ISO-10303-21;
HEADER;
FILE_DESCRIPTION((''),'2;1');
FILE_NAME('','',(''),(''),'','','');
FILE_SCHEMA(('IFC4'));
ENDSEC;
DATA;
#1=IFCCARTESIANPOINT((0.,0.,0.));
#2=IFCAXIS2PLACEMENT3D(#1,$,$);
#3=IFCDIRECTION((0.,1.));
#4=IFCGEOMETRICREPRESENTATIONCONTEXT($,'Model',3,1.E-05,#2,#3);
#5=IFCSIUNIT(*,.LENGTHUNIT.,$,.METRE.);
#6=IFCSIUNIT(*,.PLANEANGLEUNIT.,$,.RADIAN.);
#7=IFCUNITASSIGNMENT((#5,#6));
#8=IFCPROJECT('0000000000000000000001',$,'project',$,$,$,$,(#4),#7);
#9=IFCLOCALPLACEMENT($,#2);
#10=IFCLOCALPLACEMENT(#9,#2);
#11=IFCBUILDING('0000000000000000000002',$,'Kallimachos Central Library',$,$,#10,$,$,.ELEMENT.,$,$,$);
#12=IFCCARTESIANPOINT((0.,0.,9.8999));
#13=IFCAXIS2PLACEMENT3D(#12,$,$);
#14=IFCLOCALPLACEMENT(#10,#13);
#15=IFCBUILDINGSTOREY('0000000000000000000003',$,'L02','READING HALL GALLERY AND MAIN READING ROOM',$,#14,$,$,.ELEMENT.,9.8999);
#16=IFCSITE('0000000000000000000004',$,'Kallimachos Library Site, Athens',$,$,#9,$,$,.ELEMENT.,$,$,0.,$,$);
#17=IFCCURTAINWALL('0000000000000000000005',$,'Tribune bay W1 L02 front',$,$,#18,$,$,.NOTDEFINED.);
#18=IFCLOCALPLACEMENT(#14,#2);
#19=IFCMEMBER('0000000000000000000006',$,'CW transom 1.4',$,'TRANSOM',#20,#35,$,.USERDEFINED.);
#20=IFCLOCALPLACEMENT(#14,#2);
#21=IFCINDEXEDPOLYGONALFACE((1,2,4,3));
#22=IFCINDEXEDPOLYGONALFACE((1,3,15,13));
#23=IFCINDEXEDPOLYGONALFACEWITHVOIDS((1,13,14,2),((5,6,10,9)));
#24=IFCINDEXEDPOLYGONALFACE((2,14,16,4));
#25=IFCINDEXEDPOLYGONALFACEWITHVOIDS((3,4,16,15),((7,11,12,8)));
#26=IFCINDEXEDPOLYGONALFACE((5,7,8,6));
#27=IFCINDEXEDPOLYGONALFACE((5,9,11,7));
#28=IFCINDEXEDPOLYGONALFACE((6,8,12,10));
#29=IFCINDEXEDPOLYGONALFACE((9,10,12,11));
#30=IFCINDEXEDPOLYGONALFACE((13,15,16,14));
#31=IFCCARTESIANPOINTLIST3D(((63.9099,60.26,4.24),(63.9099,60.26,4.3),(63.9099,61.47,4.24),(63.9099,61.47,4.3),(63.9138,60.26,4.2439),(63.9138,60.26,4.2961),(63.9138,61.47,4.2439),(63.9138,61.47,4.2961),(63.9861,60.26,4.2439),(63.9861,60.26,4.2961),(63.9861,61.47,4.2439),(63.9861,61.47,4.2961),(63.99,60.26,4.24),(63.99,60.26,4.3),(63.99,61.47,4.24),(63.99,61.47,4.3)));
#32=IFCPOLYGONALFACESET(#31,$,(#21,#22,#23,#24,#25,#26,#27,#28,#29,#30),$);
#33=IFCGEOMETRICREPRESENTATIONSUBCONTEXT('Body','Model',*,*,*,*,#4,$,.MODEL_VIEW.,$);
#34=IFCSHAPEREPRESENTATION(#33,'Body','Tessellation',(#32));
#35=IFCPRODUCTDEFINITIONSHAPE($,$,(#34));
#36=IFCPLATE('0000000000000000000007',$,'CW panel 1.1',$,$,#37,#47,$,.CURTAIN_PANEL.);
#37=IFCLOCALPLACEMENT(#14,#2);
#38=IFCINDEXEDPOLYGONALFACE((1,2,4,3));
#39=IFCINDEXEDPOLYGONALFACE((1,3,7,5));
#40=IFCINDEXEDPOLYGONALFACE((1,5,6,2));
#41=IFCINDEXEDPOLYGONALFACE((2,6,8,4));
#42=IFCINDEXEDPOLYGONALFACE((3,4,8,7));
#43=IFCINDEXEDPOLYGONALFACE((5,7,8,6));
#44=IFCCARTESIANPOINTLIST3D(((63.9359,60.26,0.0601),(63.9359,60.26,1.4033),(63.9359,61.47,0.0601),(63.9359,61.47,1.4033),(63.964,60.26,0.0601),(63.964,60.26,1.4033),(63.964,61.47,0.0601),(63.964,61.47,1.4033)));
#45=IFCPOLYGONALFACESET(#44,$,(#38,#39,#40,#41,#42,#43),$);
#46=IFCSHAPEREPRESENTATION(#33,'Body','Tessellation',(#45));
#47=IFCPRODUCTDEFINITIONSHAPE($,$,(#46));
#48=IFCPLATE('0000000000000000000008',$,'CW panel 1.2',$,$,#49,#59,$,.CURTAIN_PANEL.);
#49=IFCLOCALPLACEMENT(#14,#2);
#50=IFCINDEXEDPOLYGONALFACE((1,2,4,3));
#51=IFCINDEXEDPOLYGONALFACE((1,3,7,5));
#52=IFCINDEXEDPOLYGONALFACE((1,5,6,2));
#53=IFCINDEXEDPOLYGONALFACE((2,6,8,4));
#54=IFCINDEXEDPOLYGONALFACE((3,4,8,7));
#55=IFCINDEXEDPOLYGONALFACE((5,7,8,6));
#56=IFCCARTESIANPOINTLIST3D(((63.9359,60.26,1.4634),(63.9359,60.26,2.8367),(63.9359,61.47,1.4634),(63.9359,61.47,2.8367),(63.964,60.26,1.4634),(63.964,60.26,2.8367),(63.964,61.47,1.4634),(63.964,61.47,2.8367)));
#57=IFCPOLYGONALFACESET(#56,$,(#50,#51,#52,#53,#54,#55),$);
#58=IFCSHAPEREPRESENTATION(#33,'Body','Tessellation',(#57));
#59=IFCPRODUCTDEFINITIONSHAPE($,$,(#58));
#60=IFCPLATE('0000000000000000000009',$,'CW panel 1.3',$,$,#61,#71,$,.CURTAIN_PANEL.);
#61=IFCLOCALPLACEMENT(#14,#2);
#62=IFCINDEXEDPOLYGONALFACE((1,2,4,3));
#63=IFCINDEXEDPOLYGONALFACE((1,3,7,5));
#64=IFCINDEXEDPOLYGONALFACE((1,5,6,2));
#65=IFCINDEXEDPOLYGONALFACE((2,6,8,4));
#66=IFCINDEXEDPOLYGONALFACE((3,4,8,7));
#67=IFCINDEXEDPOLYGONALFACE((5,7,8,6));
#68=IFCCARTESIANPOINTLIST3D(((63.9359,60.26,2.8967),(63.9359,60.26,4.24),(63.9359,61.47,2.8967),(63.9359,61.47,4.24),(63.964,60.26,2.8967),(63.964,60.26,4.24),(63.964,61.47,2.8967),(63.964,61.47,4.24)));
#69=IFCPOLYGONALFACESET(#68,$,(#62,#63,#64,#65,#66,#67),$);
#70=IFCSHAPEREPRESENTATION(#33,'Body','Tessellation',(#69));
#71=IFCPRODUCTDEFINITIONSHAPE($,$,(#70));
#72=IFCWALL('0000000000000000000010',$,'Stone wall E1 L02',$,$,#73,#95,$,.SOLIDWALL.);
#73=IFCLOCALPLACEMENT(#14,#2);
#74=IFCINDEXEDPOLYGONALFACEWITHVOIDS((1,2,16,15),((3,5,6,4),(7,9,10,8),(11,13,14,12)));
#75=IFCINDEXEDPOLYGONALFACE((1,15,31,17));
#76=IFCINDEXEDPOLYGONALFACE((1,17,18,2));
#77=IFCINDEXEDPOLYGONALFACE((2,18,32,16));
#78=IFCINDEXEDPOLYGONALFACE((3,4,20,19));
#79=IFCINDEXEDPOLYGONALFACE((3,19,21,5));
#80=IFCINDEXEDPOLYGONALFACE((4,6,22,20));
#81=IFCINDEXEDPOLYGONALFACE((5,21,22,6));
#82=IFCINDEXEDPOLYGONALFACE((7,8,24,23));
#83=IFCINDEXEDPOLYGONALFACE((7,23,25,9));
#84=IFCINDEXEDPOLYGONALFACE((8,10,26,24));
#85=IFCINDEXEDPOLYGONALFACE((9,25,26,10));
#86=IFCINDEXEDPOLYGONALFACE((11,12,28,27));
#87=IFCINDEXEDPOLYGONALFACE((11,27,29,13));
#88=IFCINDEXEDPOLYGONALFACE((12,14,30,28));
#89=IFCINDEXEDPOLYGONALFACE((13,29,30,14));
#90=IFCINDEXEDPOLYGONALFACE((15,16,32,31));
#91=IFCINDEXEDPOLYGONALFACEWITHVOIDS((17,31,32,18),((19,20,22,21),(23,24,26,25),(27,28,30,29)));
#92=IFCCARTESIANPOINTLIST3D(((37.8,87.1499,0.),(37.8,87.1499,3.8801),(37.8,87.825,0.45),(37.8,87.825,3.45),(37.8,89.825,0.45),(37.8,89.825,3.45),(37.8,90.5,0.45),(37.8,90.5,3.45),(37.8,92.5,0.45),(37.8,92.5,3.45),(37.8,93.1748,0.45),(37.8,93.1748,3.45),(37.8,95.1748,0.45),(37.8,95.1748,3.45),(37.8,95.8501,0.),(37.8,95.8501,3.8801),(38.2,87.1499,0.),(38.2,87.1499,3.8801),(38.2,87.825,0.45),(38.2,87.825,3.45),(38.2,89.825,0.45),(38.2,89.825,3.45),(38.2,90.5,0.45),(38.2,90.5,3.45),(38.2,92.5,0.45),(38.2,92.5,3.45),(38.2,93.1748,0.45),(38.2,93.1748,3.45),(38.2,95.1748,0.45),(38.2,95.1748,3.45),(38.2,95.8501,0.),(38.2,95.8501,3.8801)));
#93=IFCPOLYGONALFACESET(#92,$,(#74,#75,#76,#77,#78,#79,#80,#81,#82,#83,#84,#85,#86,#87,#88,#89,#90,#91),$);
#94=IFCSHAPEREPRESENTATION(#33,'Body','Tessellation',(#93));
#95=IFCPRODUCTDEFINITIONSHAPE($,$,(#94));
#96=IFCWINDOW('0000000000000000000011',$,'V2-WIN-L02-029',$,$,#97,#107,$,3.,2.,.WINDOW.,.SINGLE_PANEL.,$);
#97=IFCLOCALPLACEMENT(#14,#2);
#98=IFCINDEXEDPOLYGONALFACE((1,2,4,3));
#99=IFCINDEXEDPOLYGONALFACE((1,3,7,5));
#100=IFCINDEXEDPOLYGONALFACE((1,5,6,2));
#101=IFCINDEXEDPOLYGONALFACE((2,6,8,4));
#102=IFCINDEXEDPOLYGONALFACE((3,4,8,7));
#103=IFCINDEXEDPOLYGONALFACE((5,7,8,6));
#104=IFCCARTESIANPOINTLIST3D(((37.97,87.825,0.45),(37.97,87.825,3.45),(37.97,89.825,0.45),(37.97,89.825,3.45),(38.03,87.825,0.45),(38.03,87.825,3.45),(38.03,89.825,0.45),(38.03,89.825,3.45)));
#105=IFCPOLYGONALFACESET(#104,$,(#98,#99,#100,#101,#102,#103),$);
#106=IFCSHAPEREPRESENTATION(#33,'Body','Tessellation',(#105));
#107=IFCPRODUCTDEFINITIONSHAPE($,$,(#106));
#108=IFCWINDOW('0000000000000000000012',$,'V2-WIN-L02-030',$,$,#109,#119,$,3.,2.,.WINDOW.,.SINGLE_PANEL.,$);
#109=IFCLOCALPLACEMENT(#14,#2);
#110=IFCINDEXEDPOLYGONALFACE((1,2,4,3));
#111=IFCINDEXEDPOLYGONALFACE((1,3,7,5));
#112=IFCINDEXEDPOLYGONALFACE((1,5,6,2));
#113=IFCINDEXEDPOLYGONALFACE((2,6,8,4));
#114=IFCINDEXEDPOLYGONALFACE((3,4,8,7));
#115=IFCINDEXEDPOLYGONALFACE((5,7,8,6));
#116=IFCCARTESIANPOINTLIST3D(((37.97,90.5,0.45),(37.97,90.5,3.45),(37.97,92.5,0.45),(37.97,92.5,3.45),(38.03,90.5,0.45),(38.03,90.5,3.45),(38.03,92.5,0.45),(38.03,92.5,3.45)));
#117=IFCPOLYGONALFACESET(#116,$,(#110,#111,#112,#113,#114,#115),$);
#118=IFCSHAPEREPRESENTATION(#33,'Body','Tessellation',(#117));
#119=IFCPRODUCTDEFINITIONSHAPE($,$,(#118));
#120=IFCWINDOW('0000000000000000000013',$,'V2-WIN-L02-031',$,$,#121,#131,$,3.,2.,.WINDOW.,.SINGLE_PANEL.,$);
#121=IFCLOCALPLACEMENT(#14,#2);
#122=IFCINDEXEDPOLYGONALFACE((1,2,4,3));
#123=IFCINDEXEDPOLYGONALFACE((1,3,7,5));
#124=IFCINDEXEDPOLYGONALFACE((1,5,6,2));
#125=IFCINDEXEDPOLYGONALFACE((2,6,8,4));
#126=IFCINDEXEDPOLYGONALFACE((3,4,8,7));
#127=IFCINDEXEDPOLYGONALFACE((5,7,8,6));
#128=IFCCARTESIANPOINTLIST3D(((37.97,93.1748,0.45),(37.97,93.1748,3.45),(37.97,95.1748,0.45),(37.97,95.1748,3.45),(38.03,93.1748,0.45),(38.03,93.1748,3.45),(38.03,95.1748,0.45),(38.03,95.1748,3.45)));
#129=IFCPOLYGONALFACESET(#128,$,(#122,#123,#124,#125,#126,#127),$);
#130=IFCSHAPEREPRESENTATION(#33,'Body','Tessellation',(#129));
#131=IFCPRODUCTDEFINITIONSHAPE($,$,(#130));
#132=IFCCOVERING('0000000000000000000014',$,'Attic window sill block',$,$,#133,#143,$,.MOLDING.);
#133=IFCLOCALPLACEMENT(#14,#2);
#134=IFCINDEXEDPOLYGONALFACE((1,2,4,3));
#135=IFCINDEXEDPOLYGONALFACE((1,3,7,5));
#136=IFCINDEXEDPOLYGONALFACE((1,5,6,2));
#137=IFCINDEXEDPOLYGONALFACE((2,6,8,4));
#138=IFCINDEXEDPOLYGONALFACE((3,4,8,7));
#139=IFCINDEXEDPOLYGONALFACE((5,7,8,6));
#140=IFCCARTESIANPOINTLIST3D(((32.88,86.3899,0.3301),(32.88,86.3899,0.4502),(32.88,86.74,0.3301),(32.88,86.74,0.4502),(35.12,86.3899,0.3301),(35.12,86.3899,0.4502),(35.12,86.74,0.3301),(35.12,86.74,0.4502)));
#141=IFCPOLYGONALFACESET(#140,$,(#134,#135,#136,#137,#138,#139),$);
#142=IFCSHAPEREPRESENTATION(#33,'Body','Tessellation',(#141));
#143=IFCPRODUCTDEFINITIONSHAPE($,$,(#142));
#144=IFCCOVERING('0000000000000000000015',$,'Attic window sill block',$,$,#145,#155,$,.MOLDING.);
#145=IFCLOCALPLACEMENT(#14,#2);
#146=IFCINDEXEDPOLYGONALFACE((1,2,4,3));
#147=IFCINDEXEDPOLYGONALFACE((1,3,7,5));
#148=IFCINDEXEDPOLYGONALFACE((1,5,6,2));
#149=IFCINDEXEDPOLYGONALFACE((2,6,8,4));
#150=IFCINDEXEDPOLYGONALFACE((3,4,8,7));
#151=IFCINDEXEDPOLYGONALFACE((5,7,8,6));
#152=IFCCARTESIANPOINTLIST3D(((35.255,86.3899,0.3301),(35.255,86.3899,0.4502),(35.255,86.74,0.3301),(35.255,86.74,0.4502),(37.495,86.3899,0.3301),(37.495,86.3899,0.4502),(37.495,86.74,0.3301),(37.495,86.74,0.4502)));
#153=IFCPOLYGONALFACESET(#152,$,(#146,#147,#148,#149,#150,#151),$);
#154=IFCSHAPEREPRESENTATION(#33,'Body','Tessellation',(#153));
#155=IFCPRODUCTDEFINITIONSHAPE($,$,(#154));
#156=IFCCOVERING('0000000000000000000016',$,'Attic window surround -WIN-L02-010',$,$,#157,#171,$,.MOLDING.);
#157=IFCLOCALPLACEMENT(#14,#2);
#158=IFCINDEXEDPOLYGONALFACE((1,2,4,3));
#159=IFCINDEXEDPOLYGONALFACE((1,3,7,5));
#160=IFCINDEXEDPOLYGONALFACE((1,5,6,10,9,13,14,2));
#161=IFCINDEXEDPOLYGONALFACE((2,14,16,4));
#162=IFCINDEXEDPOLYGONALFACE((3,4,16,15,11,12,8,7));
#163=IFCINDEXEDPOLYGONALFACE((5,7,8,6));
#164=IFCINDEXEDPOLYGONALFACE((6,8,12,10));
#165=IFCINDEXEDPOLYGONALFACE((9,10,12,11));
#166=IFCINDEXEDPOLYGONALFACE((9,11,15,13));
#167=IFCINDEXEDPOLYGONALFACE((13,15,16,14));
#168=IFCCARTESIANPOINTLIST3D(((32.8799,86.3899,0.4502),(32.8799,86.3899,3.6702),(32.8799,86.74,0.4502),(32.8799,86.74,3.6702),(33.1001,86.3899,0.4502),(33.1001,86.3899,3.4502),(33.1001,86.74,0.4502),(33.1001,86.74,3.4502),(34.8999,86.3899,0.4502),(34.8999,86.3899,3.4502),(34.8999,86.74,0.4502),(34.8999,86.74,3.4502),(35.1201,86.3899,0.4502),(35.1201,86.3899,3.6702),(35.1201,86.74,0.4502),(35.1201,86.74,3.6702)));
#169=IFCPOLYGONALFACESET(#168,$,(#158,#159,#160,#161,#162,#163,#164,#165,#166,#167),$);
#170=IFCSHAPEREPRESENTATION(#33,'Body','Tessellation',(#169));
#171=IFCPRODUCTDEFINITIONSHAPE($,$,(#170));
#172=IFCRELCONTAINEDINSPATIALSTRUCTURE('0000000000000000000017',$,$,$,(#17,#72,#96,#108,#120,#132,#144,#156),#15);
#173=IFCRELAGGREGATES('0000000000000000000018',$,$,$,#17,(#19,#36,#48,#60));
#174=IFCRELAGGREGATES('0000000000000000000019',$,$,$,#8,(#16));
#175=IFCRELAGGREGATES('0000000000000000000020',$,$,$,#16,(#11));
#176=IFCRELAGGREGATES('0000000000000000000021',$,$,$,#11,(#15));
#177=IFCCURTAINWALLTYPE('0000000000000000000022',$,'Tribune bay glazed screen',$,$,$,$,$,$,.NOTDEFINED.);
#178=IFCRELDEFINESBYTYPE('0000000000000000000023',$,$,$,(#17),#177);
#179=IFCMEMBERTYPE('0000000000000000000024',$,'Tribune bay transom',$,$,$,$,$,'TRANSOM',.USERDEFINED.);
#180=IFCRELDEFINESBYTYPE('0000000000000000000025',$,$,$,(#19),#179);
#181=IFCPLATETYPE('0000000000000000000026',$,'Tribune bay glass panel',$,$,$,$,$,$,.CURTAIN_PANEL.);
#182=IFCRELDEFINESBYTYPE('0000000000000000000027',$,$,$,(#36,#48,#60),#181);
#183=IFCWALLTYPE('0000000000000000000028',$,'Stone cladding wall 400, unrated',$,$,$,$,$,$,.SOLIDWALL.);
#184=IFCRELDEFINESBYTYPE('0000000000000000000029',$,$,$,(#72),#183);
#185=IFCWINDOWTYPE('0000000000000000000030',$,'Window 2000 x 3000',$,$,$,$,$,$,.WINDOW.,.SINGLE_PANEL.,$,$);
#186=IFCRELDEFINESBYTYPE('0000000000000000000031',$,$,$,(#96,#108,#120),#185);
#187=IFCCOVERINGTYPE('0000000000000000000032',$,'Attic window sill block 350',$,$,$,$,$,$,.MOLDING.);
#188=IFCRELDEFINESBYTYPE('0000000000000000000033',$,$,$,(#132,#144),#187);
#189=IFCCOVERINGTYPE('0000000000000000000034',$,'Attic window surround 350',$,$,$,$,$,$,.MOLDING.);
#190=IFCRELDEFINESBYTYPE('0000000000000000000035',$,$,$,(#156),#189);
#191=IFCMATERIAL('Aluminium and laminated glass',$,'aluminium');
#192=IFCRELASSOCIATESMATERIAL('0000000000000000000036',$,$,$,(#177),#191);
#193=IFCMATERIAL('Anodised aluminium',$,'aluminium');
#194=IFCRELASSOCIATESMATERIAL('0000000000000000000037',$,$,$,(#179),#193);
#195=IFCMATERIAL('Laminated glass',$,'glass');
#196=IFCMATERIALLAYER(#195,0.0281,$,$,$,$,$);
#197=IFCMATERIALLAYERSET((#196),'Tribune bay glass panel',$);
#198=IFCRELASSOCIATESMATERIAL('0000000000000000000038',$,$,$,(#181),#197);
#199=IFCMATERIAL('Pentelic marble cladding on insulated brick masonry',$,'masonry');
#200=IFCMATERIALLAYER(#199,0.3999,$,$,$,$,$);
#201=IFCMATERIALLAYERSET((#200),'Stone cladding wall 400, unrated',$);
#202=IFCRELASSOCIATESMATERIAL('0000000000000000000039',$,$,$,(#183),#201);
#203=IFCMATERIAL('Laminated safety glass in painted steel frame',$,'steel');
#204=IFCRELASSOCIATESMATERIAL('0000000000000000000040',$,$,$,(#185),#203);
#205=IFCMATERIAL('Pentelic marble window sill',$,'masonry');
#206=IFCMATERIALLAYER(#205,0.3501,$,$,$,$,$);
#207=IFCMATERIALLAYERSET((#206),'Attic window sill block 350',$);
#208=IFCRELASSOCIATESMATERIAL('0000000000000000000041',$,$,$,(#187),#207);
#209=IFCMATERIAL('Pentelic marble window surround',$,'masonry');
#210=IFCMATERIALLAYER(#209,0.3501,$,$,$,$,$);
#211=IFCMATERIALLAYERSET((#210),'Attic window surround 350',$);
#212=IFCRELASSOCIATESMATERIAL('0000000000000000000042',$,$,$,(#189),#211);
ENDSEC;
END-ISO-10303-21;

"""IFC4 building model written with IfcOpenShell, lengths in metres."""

from ifc_helpers import new_model, si_unit, direction, frame, frame_2d, origin, origin_2d, place, context, subcontext, project, spatial, polyline, rectangle, hollow_rectangle, outline, extrude, material, layer, layer_set, material_profile, profile_set, type_object, element, fill, aggregate, save


model = new_model("IFC4")

# Units and contexts
model_context = context("Model", 3, precision=1e-05, world=origin(), true_north=direction((0.0, 1.0)))
body_context = subcontext(model_context, "Body", "Model", "MODEL_VIEW")
ifc_project = project(units=[si_unit("LENGTHUNIT", "METRE"), si_unit("PLANEANGLEUNIT", "RADIAN")], contexts=[model_context])

# Site, building, storey
site_placement = place(None, origin())
site = spatial("IfcSite", under=ifc_project, at=site_placement, Name="Kallimachos Library Site, Athens", CompositionType="ELEMENT", RefElevation=0.0)
building_placement = place(site_placement, origin())
building = spatial("IfcBuilding", under=site, at=building_placement, Name="Kallimachos Central Library", CompositionType="ELEMENT")
storey_placement = place(building_placement, frame((0.0, 0.0, 9.8999)))
storey = spatial("IfcBuildingStorey", under=building, at=storey_placement, Name="L02", Description="READING HALL GALLERY AND MAIN READING ROOM", CompositionType="ELEMENT", Elevation=9.8999)

# Curtain wall, member, plates
ifc_material_1 = material(Name="Aluminium and laminated glass", Category="aluminium")
curtain_wall_type = type_object("IfcCurtainWallType", Name="Tribune bay glazed screen", PredefinedType="NOTDEFINED", material=ifc_material_1)
curtain_wall_placement = place(storey_placement, origin())
curtain_wall = element("IfcCurtainWall", 1, at=curtain_wall_placement, inside=storey, type_object=curtain_wall_type, Name="Tribune bay W1 L02 front", PredefinedType="NOTDEFINED")
ifc_material_2 = material(Name="Anodised aluminium", Category="aluminium")
ifc_material_profile_1 = material_profile(ifc_material_2, hollow_rectangle(XDim=0.0601, YDim=0.0801, WallThickness=0.0039, at=origin_2d()), Name="ALU TRANSOM 60x80")
ifc_profile_set_1 = profile_set([ifc_material_profile_1], Name="Anodised aluminium")
member_type_1 = type_object("IfcMemberType", Name="Tribune bay transom", ElementType="TRANSOM", PredefinedType="USERDEFINED", material=ifc_profile_set_1)
member_1_placement = place(storey_placement, frame((63.95, 60.26, 4.27), z_axis=(0.0, 1.0, 0.0), x_axis=(0.0, 0.0, 1.0)))
member_1 = element("IfcMember", 2, at=member_1_placement, type_object=member_type_1, Name="CW transom 1.4", ObjectType="TRANSOM", PredefinedType="USERDEFINED", context=body_context, shape_type="SweptSolid", body=[
    extrude(hollow_rectangle(XDim=0.0601, YDim=0.0801, WallThickness=0.0039, at=origin_2d()), origin(), (0.0, 0.0, 1.0), 1.21),
])
ifc_material_3 = material(Name="Laminated glass", Category="glass")
ifc_layer_1 = layer(ifc_material_3, 0.0281)
ifc_layer_set_1 = layer_set([ifc_layer_1], Name="Tribune bay glass panel")
plate_type = type_object("IfcPlateType", Name="Tribune bay glass panel", PredefinedType="CURTAIN_PANEL", material=ifc_layer_set_1)
plate_1_placement = place(storey_placement, frame((63.95, 60.865, 0.0601), z_axis=(0.0, 0.0, 1.0), x_axis=(0.0, 1.0, 0.0)))
plate_1 = element("IfcPlate", 3, at=plate_1_placement, type_object=plate_type, Name="CW panel 1.1", PredefinedType="CURTAIN_PANEL", context=body_context, shape_type="SweptSolid", body=[
    extrude(rectangle(XDim=1.21, YDim=0.0281, at=origin_2d()), origin(), (0.0, 0.0, 1.0), 1.3433),
])
plate_2_placement = place(storey_placement, frame((63.95, 60.865, 1.4634), z_axis=(0.0, 0.0, 1.0), x_axis=(0.0, 1.0, 0.0)))
plate_2 = element("IfcPlate", 4, at=plate_2_placement, type_object=plate_type, Name="CW panel 1.2", PredefinedType="CURTAIN_PANEL", context=body_context, shape_type="SweptSolid", body=[
    extrude(rectangle(XDim=1.21, YDim=0.0281, at=origin_2d()), origin(), (0.0, 0.0, 1.0), 1.3733),
])
plate_3_placement = place(storey_placement, frame((63.95, 60.865, 2.8967), z_axis=(0.0, 0.0, 1.0), x_axis=(0.0, 1.0, 0.0)))
plate_3 = element("IfcPlate", 5, at=plate_3_placement, type_object=plate_type, Name="CW panel 1.3", PredefinedType="CURTAIN_PANEL", context=body_context, shape_type="SweptSolid", body=[
    extrude(rectangle(XDim=1.21, YDim=0.0281, at=origin_2d()), origin(), (0.0, 0.0, 1.0), 1.3433),
])
aggregate(curtain_wall, [member_1, plate_1, plate_2, plate_3])

# Wall, openings, windows
ifc_material_4 = material(Name="Pentelic marble cladding on insulated brick masonry", Category="masonry")
ifc_layer_2 = layer(ifc_material_4, 0.3999)
ifc_layer_set_2 = layer_set([ifc_layer_2], Name="Stone cladding wall 400, unrated")
wall_type = type_object("IfcWallType", Name="Stone cladding wall 400, unrated", PredefinedType="SOLIDWALL", material=ifc_layer_set_2)
wall_placement = place(storey_placement, frame((38.0, 87.1499, 0.0), z_axis=(0.0, 0.0, 1.0), x_axis=(0.0, 1.0, 0.0)))
wall = element("IfcWall", 6, at=wall_placement, inside=storey, type_object=wall_type, Name="Stone wall E1 L02", PredefinedType="SOLIDWALL", context=body_context, shape_type="SweptSolid", body=[
    extrude(rectangle(XDim=8.7002, YDim=0.3999, at=frame_2d((4.3501, 0.0))), origin(), (0.0, 0.0, 1.0), 3.8801),
])
opening_1_placement = place(wall_placement, frame((0.675, 0.0, 0.45)))
opening_1 = element("IfcOpeningElement", 7, at=opening_1_placement, cuts=wall, PredefinedType="OPENING", context=body_context, shape_type="SweptSolid", body=[
    extrude(rectangle(XDim=2.0, YDim=3.0, at=frame_2d((1.0, 1.5))), frame((0.0, 0.21, 0.0), z_axis=(0.0, -1.0, 0.0), x_axis=(1.0, 0.0, 0.0)), (0.0, 0.0, 1.0), 0.4199),
])
opening_2_placement = place(wall_placement, frame((3.3501, 0.0, 0.45)))
opening_2 = element("IfcOpeningElement", 8, at=opening_2_placement, cuts=wall, PredefinedType="OPENING", context=body_context, shape_type="SweptSolid", body=[
    extrude(rectangle(XDim=2.0, YDim=3.0, at=frame_2d((1.0, 1.5))), frame((0.0, 0.21, 0.0), z_axis=(0.0, -1.0, 0.0), x_axis=(1.0, 0.0, 0.0)), (0.0, 0.0, 1.0), 0.4199),
])
opening_3_placement = place(wall_placement, frame((6.0249, 0.0, 0.45)))
opening_3 = element("IfcOpeningElement", 9, at=opening_3_placement, cuts=wall, PredefinedType="OPENING", context=body_context, shape_type="SweptSolid", body=[
    extrude(rectangle(XDim=2.0, YDim=3.0, at=frame_2d((1.0, 1.5))), frame((0.0, 0.21, 0.0), z_axis=(0.0, -1.0, 0.0), x_axis=(1.0, 0.0, 0.0)), (0.0, 0.0, 1.0), 0.4199),
])
ifc_material_5 = material(Name="Laminated safety glass in painted steel frame", Category="steel")
window_type = type_object("IfcWindowType", Name="Window 2000 x 3000", PartitioningType="SINGLE_PANEL", PredefinedType="WINDOW", material=ifc_material_5)
window_1_placement = place(opening_1_placement, origin())
window_1 = element("IfcWindow", 10, at=window_1_placement, inside=storey, type_object=window_type, Name="V2-WIN-L02-029", OverallHeight=3.0, OverallWidth=2.0, PartitioningType="SINGLE_PANEL", PredefinedType="WINDOW", context=body_context, shape_type="SweptSolid", body=[
    extrude(rectangle(XDim=2.0, YDim=3.0, at=frame_2d((1.0, 1.5))), frame((0.0, 0.03, 0.0), z_axis=(0.0, -1.0, 0.0), x_axis=(1.0, 0.0, 0.0)), (0.0, 0.0, 1.0), 0.0601),
])
fill(opening_1, window_1)
window_2_placement = place(opening_2_placement, origin())
window_2 = element("IfcWindow", 11, at=window_2_placement, inside=storey, type_object=window_type, Name="V2-WIN-L02-030", OverallHeight=3.0, OverallWidth=2.0, PartitioningType="SINGLE_PANEL", PredefinedType="WINDOW", context=body_context, shape_type="SweptSolid", body=[
    extrude(rectangle(XDim=2.0, YDim=3.0, at=frame_2d((1.0, 1.5))), frame((0.0, 0.03, 0.0), z_axis=(0.0, -1.0, 0.0), x_axis=(1.0, 0.0, 0.0)), (0.0, 0.0, 1.0), 0.0601),
])
fill(opening_2, window_2)
window_3_placement = place(opening_3_placement, origin())
window_3 = element("IfcWindow", 12, at=window_3_placement, inside=storey, type_object=window_type, Name="V2-WIN-L02-031", OverallHeight=3.0, OverallWidth=2.0, PartitioningType="SINGLE_PANEL", PredefinedType="WINDOW", context=body_context, shape_type="SweptSolid", body=[
    extrude(rectangle(XDim=2.0, YDim=3.0, at=frame_2d((1.0, 1.5))), frame((0.0, 0.03, 0.0), z_axis=(0.0, -1.0, 0.0), x_axis=(1.0, 0.0, 0.0)), (0.0, 0.0, 1.0), 0.0601),
])
fill(opening_3, window_3)

# Coverings
ifc_material_6 = material(Name="Pentelic marble window sill", Category="masonry")
ifc_layer_3 = layer(ifc_material_6, 0.3501)
ifc_layer_set_3 = layer_set([ifc_layer_3], Name="Attic window sill block 350")
covering_type_1 = type_object("IfcCoveringType", Name="Attic window sill block 350", PredefinedType="MOLDING", material=ifc_layer_set_3)
for number, where, z_axis, x_axis, name in (
    (13, (34.0, 86.5649, 0.3301), (0.0, 0.0, 1.0), (1.0, 0.0, 0.0), "Attic window sill block"),
    (14, (36.375, 86.5649, 0.3301), (0.0, 0.0, 1.0), (1.0, 0.0, 0.0), "Attic window sill block"),
):
    element("IfcCovering", number, at=place(storey_placement, frame(where, z_axis=z_axis, x_axis=x_axis)), inside=storey, type_object=covering_type_1, Name=name, PredefinedType="MOLDING", context=body_context, shape_type="SweptSolid", body=[
        extrude(rectangle(XDim=2.24, YDim=0.3501, at=origin_2d()), origin(), (0.0, 0.0, 1.0), 0.1201),
    ])
ifc_material_7 = material(Name="Pentelic marble window surround", Category="masonry")
ifc_layer_4 = layer(ifc_material_7, 0.3501)
ifc_layer_set_4 = layer_set([ifc_layer_4], Name="Attic window surround 350")
covering_type_2 = type_object("IfcCoveringType", Name="Attic window surround 350", PredefinedType="MOLDING", material=ifc_layer_set_4)
for number, where, z_axis, x_axis, name in (
    (15, (33.1001, 86.3899, 0.4502), (0.0, -1.0, 0.0), (0.0, 0.0, 1.0), "Attic window surround -WIN-L02-010"),
):
    element("IfcCovering", number, at=place(storey_placement, frame(where, z_axis=z_axis, x_axis=x_axis)), inside=storey, type_object=covering_type_2, Name=name, PredefinedType="MOLDING", context=body_context, shape_type="SweptSolid", body=[
        extrude(outline(polyline([(0.0, 0.0), (3.0, 0.0), (3.0, -1.7998), (0.0, -1.7998), (0.0, -2.02), (3.22, -2.02), (3.22, 0.2202), (0.0, 0.2202), (0.0, 0.0)])), origin(), (0.0, 0.0, -1.0), 0.3501),
    ])

save(model, "model.ifc")
